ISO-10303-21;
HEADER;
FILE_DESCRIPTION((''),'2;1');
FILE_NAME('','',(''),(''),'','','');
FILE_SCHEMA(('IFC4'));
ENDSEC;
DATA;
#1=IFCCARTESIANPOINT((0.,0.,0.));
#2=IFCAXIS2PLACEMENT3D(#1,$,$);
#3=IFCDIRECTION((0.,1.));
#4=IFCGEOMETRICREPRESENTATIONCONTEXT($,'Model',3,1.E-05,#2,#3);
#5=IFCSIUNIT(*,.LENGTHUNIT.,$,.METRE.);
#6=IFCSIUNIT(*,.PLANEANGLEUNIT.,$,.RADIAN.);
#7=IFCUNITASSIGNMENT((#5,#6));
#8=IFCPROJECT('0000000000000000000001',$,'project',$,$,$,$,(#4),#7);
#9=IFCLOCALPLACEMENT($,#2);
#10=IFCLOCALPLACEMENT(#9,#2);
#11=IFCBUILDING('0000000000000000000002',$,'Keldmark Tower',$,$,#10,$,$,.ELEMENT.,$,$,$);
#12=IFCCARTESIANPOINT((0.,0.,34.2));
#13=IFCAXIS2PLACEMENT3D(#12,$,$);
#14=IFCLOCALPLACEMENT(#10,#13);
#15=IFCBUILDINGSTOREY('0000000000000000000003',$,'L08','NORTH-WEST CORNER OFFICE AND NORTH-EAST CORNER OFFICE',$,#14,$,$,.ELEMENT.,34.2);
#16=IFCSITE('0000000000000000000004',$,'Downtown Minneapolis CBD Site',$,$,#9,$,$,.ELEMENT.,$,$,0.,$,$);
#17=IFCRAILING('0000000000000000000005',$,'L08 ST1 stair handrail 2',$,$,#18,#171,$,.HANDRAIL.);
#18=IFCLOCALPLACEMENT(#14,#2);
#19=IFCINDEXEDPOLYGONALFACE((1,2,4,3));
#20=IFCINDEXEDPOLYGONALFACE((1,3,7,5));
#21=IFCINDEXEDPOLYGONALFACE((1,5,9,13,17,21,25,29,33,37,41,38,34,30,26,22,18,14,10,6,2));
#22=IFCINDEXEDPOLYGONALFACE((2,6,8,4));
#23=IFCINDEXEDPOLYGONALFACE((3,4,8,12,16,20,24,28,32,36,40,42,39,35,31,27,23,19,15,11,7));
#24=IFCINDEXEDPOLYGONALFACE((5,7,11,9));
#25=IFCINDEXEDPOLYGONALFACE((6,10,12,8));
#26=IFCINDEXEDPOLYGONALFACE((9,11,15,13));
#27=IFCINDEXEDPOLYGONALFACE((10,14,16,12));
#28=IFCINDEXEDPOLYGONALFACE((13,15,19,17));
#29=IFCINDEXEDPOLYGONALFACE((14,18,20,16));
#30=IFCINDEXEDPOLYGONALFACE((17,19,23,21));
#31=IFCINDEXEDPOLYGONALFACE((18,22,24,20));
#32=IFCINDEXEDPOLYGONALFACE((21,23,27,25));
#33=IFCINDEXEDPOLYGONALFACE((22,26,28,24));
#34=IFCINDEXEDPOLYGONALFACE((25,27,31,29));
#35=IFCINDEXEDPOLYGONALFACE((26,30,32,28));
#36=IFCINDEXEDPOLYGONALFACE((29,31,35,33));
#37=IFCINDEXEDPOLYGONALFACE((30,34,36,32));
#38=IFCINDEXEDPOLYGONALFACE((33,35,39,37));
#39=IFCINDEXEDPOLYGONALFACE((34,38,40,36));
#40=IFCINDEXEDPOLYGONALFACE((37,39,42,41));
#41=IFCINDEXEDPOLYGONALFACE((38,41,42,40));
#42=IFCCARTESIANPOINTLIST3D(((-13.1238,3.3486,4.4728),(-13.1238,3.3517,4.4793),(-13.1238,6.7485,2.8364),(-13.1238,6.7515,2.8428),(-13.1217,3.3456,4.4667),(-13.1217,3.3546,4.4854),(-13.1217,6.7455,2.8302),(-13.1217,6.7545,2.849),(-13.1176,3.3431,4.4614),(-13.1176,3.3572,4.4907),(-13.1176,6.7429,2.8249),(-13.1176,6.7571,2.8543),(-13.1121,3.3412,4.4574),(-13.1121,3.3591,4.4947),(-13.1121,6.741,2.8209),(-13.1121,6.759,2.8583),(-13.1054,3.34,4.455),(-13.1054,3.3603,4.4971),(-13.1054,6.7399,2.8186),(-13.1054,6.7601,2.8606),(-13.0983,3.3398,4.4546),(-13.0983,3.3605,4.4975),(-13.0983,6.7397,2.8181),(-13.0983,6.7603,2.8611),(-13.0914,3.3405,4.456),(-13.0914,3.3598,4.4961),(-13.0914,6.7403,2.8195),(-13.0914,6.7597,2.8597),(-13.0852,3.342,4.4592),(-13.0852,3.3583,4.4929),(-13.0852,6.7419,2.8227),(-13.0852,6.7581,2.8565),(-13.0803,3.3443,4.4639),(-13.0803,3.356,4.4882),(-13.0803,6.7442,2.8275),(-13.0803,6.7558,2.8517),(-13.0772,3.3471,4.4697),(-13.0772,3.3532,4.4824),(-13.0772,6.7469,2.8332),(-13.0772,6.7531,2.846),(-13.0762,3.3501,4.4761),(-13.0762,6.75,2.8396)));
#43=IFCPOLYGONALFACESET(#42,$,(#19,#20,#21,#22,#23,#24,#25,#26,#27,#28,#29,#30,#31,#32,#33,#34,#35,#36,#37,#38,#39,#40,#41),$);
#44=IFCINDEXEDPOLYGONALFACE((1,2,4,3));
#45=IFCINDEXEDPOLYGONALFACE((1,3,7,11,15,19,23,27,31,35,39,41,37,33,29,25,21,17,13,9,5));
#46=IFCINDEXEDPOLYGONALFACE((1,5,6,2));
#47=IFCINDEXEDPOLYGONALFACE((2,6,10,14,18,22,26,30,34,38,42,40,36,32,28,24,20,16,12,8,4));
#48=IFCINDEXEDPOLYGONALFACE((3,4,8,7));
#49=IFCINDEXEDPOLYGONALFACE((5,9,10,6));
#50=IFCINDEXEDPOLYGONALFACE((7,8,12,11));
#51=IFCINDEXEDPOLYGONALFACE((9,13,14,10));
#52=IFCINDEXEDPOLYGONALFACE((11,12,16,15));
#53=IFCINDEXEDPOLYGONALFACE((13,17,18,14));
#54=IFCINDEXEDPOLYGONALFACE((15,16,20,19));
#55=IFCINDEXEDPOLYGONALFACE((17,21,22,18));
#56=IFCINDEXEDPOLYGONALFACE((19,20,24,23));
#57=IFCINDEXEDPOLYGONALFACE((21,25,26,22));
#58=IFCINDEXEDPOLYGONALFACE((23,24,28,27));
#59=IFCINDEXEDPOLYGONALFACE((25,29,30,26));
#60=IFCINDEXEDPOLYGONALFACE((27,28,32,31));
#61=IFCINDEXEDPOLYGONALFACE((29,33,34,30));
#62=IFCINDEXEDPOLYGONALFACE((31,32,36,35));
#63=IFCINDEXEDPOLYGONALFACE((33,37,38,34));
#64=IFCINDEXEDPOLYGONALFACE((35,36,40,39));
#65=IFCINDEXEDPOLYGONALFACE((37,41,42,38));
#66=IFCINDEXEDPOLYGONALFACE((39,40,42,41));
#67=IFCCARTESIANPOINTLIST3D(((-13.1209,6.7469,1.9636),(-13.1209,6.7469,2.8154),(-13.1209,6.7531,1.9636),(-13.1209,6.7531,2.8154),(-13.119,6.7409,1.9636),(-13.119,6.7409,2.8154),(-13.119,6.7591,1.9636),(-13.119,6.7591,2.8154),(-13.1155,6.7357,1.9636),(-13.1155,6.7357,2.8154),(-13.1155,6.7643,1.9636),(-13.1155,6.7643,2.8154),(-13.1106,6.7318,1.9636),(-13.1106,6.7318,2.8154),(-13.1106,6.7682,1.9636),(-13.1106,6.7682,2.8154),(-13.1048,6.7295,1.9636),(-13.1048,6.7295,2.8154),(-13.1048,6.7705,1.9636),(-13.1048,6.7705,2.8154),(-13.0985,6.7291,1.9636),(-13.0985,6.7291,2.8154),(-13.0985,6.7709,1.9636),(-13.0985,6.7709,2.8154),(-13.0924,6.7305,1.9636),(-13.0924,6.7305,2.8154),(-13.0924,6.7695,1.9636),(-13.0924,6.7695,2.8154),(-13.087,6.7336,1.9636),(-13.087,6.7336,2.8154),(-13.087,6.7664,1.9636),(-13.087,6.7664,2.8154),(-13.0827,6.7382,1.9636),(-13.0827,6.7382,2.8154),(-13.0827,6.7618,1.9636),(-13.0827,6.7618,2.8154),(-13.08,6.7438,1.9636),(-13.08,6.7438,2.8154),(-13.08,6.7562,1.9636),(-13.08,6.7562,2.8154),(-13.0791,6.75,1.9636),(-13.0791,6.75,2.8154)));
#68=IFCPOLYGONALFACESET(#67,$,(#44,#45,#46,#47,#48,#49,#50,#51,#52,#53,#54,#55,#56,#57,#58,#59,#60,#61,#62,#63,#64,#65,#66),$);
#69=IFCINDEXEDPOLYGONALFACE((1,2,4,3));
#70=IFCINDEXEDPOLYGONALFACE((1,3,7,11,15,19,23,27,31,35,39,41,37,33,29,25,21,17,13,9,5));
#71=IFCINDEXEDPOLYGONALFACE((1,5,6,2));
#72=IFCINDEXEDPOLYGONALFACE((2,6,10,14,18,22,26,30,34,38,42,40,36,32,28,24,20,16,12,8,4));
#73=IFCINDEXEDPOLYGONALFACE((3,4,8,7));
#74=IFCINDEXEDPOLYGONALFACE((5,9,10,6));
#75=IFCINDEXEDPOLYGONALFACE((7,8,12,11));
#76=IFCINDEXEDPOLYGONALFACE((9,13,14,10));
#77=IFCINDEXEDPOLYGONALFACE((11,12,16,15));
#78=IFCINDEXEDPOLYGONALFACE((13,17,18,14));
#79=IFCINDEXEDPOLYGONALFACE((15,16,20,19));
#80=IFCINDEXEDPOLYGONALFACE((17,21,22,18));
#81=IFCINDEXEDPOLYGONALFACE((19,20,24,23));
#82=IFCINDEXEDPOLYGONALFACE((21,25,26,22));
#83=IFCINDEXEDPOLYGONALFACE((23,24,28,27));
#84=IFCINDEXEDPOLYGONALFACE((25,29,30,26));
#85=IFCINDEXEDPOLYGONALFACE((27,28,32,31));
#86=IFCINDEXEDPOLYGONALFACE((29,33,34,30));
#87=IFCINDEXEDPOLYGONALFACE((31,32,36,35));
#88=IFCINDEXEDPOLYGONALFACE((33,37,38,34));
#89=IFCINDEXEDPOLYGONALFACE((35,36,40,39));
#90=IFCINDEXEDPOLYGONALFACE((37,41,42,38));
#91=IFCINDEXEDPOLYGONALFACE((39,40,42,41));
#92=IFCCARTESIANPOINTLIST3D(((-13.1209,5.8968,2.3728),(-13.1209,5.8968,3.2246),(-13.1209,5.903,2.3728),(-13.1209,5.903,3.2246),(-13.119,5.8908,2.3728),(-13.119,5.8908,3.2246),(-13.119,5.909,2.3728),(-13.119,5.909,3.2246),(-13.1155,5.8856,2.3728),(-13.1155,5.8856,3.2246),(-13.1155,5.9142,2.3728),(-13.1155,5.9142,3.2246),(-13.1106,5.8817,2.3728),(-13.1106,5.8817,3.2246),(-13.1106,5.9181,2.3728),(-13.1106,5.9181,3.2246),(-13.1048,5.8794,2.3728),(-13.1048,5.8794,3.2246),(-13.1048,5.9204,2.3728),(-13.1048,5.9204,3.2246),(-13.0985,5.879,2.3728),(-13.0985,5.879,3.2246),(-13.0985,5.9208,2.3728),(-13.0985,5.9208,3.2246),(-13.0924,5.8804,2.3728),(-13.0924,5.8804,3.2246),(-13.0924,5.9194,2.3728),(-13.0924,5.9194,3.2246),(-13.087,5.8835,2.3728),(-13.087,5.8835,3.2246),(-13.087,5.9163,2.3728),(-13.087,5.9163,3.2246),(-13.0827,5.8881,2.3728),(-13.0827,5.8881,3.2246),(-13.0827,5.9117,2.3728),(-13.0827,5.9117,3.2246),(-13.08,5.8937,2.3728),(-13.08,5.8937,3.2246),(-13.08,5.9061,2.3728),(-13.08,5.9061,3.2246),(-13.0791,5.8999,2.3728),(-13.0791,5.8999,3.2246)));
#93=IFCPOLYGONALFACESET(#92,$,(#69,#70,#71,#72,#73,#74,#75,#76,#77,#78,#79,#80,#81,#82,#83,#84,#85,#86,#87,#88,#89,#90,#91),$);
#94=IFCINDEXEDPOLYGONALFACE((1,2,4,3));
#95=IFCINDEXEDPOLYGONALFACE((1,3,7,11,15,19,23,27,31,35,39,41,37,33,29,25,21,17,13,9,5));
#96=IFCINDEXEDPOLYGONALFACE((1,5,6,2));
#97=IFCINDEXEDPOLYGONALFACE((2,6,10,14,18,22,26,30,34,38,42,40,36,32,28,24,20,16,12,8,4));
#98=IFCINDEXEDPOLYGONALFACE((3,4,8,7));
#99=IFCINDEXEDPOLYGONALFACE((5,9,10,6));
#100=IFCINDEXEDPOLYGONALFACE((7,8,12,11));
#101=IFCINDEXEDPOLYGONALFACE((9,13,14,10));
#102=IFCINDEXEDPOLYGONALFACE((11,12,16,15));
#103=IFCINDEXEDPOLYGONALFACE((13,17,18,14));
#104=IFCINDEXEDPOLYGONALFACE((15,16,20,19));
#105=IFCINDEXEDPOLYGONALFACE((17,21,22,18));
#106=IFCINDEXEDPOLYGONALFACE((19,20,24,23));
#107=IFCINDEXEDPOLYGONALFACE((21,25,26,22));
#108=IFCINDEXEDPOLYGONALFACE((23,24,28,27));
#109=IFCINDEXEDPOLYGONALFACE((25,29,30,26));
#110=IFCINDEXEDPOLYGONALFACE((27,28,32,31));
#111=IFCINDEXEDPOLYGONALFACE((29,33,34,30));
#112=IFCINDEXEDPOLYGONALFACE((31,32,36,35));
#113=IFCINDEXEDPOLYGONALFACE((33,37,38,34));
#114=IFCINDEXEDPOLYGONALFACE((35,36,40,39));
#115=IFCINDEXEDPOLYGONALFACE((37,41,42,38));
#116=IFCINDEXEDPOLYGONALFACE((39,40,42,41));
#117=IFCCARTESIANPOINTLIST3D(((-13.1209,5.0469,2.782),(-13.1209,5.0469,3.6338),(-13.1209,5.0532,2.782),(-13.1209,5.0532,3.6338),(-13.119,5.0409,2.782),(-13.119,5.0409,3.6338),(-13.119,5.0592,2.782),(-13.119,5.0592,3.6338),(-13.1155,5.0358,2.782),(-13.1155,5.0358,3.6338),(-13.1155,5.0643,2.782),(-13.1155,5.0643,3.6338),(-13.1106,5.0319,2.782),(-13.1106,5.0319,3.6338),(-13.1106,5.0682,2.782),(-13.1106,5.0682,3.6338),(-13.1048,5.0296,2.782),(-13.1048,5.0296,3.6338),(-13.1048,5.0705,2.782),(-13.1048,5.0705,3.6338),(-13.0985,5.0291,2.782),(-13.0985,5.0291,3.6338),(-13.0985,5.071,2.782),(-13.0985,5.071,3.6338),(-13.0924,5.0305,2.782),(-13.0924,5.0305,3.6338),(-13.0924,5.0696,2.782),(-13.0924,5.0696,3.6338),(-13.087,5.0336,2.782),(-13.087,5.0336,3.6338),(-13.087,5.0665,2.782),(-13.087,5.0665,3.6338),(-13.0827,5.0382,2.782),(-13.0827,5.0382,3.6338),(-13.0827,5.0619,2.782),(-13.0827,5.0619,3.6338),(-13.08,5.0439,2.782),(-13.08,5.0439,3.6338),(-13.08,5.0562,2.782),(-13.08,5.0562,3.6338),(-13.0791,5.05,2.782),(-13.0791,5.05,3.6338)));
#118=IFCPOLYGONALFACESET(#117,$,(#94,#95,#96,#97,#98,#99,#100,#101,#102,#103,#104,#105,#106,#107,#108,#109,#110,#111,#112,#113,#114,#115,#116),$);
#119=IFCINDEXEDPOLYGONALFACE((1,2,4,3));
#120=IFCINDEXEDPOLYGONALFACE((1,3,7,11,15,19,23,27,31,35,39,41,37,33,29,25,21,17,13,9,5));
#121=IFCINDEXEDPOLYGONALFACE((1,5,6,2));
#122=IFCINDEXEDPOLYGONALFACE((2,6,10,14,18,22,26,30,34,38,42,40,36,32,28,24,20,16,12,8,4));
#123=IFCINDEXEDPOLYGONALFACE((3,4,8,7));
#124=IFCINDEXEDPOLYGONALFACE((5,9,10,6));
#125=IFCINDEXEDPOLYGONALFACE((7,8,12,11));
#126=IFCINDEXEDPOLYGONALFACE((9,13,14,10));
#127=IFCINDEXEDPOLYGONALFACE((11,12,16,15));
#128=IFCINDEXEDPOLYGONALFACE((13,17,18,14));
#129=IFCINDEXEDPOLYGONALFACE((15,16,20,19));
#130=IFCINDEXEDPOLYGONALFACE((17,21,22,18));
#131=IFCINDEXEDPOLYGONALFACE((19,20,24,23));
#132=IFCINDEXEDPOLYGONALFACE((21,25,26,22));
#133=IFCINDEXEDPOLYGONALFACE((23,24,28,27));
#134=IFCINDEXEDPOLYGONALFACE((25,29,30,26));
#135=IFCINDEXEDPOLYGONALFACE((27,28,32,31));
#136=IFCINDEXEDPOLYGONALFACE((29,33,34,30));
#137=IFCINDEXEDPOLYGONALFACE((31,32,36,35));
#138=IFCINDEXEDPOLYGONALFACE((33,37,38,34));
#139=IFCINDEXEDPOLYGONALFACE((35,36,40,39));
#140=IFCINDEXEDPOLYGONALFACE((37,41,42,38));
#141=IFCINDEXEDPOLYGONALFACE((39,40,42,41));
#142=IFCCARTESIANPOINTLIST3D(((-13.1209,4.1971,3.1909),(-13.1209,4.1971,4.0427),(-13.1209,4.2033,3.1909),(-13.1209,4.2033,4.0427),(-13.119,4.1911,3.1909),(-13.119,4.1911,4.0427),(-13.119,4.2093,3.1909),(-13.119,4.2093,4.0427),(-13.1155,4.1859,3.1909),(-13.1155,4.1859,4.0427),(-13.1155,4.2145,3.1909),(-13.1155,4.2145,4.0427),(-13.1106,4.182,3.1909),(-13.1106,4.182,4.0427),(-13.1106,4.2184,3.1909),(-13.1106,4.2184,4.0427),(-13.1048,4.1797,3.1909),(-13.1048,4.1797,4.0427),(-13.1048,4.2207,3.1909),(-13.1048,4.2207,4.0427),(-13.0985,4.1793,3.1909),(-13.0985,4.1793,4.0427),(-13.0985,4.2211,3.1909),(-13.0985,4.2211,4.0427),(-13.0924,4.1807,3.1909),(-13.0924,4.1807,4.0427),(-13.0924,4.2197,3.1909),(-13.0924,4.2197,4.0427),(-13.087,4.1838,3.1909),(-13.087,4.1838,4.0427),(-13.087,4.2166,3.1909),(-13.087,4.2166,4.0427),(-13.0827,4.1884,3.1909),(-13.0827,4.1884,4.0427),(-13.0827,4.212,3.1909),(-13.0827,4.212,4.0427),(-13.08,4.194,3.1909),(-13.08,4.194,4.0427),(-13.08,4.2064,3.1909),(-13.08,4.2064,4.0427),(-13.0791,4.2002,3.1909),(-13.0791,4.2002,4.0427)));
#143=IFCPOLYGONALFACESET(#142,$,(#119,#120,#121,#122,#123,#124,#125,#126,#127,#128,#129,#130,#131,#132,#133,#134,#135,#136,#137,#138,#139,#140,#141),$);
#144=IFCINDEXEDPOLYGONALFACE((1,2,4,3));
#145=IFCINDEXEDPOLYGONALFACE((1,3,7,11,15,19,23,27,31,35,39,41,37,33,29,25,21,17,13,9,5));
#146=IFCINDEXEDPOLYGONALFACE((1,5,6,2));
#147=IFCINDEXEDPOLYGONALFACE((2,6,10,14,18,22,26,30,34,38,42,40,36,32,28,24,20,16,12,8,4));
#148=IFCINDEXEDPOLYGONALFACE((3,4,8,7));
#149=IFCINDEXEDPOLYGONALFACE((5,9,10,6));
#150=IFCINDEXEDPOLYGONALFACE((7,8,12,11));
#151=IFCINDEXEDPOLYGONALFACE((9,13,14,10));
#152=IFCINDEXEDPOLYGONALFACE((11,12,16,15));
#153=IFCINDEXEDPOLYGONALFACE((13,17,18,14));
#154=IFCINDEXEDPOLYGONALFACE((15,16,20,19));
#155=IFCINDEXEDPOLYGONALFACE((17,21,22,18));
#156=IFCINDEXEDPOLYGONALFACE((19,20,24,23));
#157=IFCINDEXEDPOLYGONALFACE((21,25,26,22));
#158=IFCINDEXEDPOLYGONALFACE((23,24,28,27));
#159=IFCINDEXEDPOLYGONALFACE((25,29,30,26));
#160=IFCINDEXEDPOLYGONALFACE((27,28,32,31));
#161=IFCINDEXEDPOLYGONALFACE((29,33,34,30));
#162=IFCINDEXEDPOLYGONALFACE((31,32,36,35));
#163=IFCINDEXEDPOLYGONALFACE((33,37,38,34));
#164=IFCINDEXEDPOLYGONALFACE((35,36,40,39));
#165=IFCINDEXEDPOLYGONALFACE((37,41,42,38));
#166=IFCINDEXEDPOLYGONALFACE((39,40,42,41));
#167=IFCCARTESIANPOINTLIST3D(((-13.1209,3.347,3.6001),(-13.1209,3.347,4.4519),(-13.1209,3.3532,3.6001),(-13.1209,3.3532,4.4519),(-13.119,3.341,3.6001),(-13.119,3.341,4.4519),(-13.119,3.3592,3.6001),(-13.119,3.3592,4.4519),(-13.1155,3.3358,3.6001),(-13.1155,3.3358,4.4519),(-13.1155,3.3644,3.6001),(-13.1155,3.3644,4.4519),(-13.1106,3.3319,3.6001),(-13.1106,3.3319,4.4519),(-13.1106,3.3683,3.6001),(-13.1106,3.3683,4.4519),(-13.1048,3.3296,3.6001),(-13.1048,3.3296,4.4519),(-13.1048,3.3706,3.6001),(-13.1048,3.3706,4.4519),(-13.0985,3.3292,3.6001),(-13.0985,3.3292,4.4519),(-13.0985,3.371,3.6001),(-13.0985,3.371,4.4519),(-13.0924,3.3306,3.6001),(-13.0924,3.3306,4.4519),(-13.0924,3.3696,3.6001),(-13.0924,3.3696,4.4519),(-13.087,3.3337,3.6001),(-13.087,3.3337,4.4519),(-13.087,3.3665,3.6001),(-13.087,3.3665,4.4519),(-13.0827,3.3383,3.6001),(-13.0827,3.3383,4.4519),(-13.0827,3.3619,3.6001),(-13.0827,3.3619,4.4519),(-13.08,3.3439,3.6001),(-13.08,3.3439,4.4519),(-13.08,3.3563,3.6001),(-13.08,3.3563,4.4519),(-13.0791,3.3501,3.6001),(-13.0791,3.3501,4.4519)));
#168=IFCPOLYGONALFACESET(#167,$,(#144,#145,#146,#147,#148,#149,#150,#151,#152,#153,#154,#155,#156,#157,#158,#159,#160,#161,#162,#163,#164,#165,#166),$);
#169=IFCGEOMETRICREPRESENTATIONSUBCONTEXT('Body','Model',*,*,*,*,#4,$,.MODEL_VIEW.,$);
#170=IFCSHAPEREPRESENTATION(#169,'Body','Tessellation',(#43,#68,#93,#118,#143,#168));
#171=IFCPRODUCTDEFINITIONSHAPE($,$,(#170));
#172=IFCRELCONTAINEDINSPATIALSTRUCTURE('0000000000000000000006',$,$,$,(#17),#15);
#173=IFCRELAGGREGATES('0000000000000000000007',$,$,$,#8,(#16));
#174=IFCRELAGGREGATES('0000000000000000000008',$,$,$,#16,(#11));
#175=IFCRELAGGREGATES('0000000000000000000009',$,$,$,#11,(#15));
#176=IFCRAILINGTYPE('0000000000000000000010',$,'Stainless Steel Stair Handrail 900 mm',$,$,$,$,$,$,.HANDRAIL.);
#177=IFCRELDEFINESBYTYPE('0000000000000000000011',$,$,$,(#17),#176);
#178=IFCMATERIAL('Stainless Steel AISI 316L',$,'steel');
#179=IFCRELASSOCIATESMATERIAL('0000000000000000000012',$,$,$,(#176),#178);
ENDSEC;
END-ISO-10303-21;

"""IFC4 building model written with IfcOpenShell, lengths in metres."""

from ifc_helpers import new_model, si_unit, direction, frame, origin, origin_2d, place, context, subcontext, project, spatial, circle, extrude, material, type_object, element, save


model = new_model("IFC4")

# Units and contexts
model_context = context("Model", 3, precision=1e-05, world=origin(), true_north=direction((0.0, 1.0)))
body_context = subcontext(model_context, "Body", "Model", "MODEL_VIEW")
ifc_project = project(units=[si_unit("LENGTHUNIT", "METRE"), si_unit("PLANEANGLEUNIT", "RADIAN")], contexts=[model_context])

# Site, building, storey
site_placement = place(None, origin())
site = spatial("IfcSite", under=ifc_project, at=site_placement, Name="Downtown Minneapolis CBD Site", CompositionType="ELEMENT", RefElevation=0.0)
building_placement = place(site_placement, origin())
building = spatial("IfcBuilding", under=site, at=building_placement, Name="Keldmark Tower", CompositionType="ELEMENT")
storey_placement = place(building_placement, frame((0.0, 0.0, 34.2)))
storey = spatial("IfcBuildingStorey", under=building, at=storey_placement, Name="L08", Description="NORTH-WEST CORNER OFFICE AND NORTH-EAST CORNER OFFICE", CompositionType="ELEMENT", Elevation=34.2)

# Railing
ifc_material_1 = material(Name="Stainless Steel AISI 316L", Category="steel")
railing_type_1 = type_object("IfcRailingType", Name="Stainless Steel Stair Handrail 900 mm", PredefinedType="HANDRAIL", material=ifc_material_1)
railing_1_placement = place(storey_placement, frame((-13.1001, 6.75, 1.9636)))
element("IfcRailing", 1, at=railing_1_placement, inside=storey, type_object=railing_type_1, Name="L08 ST1 stair handrail 2", PredefinedType="HANDRAIL", context=body_context, shape_type="SweptSolid", body=[
    extrude(circle(Radius=0.0239, at=origin_2d()), frame((0.0, 0.0, 0.876), z_axis=(0.0, -0.901055, 0.433705), x_axis=(1.0, 0.0, 0.0)), (0.0, 0.0, 1.0), 3.7732),
    extrude(circle(Radius=0.021, at=origin_2d()), origin(), (0.0, 0.0, 1.0), 0.8518),
    extrude(circle(Radius=0.021, at=origin_2d()), frame((0.0, -0.8501, 0.4092)), (0.0, 0.0, 1.0), 0.8518),
    extrude(circle(Radius=0.021, at=origin_2d()), frame((0.0, -1.7, 0.8184)), (0.0, 0.0, 1.0), 0.8518),
    extrude(circle(Radius=0.021, at=origin_2d()), frame((0.0, -2.5498, 1.2273)), (0.0, 0.0, 1.0), 0.8518),
    extrude(circle(Radius=0.021, at=origin_2d()), frame((0.0, -3.3999, 1.6365)), (0.0, 0.0, 1.0), 0.8518),
])

save(model, "model.ifc")
